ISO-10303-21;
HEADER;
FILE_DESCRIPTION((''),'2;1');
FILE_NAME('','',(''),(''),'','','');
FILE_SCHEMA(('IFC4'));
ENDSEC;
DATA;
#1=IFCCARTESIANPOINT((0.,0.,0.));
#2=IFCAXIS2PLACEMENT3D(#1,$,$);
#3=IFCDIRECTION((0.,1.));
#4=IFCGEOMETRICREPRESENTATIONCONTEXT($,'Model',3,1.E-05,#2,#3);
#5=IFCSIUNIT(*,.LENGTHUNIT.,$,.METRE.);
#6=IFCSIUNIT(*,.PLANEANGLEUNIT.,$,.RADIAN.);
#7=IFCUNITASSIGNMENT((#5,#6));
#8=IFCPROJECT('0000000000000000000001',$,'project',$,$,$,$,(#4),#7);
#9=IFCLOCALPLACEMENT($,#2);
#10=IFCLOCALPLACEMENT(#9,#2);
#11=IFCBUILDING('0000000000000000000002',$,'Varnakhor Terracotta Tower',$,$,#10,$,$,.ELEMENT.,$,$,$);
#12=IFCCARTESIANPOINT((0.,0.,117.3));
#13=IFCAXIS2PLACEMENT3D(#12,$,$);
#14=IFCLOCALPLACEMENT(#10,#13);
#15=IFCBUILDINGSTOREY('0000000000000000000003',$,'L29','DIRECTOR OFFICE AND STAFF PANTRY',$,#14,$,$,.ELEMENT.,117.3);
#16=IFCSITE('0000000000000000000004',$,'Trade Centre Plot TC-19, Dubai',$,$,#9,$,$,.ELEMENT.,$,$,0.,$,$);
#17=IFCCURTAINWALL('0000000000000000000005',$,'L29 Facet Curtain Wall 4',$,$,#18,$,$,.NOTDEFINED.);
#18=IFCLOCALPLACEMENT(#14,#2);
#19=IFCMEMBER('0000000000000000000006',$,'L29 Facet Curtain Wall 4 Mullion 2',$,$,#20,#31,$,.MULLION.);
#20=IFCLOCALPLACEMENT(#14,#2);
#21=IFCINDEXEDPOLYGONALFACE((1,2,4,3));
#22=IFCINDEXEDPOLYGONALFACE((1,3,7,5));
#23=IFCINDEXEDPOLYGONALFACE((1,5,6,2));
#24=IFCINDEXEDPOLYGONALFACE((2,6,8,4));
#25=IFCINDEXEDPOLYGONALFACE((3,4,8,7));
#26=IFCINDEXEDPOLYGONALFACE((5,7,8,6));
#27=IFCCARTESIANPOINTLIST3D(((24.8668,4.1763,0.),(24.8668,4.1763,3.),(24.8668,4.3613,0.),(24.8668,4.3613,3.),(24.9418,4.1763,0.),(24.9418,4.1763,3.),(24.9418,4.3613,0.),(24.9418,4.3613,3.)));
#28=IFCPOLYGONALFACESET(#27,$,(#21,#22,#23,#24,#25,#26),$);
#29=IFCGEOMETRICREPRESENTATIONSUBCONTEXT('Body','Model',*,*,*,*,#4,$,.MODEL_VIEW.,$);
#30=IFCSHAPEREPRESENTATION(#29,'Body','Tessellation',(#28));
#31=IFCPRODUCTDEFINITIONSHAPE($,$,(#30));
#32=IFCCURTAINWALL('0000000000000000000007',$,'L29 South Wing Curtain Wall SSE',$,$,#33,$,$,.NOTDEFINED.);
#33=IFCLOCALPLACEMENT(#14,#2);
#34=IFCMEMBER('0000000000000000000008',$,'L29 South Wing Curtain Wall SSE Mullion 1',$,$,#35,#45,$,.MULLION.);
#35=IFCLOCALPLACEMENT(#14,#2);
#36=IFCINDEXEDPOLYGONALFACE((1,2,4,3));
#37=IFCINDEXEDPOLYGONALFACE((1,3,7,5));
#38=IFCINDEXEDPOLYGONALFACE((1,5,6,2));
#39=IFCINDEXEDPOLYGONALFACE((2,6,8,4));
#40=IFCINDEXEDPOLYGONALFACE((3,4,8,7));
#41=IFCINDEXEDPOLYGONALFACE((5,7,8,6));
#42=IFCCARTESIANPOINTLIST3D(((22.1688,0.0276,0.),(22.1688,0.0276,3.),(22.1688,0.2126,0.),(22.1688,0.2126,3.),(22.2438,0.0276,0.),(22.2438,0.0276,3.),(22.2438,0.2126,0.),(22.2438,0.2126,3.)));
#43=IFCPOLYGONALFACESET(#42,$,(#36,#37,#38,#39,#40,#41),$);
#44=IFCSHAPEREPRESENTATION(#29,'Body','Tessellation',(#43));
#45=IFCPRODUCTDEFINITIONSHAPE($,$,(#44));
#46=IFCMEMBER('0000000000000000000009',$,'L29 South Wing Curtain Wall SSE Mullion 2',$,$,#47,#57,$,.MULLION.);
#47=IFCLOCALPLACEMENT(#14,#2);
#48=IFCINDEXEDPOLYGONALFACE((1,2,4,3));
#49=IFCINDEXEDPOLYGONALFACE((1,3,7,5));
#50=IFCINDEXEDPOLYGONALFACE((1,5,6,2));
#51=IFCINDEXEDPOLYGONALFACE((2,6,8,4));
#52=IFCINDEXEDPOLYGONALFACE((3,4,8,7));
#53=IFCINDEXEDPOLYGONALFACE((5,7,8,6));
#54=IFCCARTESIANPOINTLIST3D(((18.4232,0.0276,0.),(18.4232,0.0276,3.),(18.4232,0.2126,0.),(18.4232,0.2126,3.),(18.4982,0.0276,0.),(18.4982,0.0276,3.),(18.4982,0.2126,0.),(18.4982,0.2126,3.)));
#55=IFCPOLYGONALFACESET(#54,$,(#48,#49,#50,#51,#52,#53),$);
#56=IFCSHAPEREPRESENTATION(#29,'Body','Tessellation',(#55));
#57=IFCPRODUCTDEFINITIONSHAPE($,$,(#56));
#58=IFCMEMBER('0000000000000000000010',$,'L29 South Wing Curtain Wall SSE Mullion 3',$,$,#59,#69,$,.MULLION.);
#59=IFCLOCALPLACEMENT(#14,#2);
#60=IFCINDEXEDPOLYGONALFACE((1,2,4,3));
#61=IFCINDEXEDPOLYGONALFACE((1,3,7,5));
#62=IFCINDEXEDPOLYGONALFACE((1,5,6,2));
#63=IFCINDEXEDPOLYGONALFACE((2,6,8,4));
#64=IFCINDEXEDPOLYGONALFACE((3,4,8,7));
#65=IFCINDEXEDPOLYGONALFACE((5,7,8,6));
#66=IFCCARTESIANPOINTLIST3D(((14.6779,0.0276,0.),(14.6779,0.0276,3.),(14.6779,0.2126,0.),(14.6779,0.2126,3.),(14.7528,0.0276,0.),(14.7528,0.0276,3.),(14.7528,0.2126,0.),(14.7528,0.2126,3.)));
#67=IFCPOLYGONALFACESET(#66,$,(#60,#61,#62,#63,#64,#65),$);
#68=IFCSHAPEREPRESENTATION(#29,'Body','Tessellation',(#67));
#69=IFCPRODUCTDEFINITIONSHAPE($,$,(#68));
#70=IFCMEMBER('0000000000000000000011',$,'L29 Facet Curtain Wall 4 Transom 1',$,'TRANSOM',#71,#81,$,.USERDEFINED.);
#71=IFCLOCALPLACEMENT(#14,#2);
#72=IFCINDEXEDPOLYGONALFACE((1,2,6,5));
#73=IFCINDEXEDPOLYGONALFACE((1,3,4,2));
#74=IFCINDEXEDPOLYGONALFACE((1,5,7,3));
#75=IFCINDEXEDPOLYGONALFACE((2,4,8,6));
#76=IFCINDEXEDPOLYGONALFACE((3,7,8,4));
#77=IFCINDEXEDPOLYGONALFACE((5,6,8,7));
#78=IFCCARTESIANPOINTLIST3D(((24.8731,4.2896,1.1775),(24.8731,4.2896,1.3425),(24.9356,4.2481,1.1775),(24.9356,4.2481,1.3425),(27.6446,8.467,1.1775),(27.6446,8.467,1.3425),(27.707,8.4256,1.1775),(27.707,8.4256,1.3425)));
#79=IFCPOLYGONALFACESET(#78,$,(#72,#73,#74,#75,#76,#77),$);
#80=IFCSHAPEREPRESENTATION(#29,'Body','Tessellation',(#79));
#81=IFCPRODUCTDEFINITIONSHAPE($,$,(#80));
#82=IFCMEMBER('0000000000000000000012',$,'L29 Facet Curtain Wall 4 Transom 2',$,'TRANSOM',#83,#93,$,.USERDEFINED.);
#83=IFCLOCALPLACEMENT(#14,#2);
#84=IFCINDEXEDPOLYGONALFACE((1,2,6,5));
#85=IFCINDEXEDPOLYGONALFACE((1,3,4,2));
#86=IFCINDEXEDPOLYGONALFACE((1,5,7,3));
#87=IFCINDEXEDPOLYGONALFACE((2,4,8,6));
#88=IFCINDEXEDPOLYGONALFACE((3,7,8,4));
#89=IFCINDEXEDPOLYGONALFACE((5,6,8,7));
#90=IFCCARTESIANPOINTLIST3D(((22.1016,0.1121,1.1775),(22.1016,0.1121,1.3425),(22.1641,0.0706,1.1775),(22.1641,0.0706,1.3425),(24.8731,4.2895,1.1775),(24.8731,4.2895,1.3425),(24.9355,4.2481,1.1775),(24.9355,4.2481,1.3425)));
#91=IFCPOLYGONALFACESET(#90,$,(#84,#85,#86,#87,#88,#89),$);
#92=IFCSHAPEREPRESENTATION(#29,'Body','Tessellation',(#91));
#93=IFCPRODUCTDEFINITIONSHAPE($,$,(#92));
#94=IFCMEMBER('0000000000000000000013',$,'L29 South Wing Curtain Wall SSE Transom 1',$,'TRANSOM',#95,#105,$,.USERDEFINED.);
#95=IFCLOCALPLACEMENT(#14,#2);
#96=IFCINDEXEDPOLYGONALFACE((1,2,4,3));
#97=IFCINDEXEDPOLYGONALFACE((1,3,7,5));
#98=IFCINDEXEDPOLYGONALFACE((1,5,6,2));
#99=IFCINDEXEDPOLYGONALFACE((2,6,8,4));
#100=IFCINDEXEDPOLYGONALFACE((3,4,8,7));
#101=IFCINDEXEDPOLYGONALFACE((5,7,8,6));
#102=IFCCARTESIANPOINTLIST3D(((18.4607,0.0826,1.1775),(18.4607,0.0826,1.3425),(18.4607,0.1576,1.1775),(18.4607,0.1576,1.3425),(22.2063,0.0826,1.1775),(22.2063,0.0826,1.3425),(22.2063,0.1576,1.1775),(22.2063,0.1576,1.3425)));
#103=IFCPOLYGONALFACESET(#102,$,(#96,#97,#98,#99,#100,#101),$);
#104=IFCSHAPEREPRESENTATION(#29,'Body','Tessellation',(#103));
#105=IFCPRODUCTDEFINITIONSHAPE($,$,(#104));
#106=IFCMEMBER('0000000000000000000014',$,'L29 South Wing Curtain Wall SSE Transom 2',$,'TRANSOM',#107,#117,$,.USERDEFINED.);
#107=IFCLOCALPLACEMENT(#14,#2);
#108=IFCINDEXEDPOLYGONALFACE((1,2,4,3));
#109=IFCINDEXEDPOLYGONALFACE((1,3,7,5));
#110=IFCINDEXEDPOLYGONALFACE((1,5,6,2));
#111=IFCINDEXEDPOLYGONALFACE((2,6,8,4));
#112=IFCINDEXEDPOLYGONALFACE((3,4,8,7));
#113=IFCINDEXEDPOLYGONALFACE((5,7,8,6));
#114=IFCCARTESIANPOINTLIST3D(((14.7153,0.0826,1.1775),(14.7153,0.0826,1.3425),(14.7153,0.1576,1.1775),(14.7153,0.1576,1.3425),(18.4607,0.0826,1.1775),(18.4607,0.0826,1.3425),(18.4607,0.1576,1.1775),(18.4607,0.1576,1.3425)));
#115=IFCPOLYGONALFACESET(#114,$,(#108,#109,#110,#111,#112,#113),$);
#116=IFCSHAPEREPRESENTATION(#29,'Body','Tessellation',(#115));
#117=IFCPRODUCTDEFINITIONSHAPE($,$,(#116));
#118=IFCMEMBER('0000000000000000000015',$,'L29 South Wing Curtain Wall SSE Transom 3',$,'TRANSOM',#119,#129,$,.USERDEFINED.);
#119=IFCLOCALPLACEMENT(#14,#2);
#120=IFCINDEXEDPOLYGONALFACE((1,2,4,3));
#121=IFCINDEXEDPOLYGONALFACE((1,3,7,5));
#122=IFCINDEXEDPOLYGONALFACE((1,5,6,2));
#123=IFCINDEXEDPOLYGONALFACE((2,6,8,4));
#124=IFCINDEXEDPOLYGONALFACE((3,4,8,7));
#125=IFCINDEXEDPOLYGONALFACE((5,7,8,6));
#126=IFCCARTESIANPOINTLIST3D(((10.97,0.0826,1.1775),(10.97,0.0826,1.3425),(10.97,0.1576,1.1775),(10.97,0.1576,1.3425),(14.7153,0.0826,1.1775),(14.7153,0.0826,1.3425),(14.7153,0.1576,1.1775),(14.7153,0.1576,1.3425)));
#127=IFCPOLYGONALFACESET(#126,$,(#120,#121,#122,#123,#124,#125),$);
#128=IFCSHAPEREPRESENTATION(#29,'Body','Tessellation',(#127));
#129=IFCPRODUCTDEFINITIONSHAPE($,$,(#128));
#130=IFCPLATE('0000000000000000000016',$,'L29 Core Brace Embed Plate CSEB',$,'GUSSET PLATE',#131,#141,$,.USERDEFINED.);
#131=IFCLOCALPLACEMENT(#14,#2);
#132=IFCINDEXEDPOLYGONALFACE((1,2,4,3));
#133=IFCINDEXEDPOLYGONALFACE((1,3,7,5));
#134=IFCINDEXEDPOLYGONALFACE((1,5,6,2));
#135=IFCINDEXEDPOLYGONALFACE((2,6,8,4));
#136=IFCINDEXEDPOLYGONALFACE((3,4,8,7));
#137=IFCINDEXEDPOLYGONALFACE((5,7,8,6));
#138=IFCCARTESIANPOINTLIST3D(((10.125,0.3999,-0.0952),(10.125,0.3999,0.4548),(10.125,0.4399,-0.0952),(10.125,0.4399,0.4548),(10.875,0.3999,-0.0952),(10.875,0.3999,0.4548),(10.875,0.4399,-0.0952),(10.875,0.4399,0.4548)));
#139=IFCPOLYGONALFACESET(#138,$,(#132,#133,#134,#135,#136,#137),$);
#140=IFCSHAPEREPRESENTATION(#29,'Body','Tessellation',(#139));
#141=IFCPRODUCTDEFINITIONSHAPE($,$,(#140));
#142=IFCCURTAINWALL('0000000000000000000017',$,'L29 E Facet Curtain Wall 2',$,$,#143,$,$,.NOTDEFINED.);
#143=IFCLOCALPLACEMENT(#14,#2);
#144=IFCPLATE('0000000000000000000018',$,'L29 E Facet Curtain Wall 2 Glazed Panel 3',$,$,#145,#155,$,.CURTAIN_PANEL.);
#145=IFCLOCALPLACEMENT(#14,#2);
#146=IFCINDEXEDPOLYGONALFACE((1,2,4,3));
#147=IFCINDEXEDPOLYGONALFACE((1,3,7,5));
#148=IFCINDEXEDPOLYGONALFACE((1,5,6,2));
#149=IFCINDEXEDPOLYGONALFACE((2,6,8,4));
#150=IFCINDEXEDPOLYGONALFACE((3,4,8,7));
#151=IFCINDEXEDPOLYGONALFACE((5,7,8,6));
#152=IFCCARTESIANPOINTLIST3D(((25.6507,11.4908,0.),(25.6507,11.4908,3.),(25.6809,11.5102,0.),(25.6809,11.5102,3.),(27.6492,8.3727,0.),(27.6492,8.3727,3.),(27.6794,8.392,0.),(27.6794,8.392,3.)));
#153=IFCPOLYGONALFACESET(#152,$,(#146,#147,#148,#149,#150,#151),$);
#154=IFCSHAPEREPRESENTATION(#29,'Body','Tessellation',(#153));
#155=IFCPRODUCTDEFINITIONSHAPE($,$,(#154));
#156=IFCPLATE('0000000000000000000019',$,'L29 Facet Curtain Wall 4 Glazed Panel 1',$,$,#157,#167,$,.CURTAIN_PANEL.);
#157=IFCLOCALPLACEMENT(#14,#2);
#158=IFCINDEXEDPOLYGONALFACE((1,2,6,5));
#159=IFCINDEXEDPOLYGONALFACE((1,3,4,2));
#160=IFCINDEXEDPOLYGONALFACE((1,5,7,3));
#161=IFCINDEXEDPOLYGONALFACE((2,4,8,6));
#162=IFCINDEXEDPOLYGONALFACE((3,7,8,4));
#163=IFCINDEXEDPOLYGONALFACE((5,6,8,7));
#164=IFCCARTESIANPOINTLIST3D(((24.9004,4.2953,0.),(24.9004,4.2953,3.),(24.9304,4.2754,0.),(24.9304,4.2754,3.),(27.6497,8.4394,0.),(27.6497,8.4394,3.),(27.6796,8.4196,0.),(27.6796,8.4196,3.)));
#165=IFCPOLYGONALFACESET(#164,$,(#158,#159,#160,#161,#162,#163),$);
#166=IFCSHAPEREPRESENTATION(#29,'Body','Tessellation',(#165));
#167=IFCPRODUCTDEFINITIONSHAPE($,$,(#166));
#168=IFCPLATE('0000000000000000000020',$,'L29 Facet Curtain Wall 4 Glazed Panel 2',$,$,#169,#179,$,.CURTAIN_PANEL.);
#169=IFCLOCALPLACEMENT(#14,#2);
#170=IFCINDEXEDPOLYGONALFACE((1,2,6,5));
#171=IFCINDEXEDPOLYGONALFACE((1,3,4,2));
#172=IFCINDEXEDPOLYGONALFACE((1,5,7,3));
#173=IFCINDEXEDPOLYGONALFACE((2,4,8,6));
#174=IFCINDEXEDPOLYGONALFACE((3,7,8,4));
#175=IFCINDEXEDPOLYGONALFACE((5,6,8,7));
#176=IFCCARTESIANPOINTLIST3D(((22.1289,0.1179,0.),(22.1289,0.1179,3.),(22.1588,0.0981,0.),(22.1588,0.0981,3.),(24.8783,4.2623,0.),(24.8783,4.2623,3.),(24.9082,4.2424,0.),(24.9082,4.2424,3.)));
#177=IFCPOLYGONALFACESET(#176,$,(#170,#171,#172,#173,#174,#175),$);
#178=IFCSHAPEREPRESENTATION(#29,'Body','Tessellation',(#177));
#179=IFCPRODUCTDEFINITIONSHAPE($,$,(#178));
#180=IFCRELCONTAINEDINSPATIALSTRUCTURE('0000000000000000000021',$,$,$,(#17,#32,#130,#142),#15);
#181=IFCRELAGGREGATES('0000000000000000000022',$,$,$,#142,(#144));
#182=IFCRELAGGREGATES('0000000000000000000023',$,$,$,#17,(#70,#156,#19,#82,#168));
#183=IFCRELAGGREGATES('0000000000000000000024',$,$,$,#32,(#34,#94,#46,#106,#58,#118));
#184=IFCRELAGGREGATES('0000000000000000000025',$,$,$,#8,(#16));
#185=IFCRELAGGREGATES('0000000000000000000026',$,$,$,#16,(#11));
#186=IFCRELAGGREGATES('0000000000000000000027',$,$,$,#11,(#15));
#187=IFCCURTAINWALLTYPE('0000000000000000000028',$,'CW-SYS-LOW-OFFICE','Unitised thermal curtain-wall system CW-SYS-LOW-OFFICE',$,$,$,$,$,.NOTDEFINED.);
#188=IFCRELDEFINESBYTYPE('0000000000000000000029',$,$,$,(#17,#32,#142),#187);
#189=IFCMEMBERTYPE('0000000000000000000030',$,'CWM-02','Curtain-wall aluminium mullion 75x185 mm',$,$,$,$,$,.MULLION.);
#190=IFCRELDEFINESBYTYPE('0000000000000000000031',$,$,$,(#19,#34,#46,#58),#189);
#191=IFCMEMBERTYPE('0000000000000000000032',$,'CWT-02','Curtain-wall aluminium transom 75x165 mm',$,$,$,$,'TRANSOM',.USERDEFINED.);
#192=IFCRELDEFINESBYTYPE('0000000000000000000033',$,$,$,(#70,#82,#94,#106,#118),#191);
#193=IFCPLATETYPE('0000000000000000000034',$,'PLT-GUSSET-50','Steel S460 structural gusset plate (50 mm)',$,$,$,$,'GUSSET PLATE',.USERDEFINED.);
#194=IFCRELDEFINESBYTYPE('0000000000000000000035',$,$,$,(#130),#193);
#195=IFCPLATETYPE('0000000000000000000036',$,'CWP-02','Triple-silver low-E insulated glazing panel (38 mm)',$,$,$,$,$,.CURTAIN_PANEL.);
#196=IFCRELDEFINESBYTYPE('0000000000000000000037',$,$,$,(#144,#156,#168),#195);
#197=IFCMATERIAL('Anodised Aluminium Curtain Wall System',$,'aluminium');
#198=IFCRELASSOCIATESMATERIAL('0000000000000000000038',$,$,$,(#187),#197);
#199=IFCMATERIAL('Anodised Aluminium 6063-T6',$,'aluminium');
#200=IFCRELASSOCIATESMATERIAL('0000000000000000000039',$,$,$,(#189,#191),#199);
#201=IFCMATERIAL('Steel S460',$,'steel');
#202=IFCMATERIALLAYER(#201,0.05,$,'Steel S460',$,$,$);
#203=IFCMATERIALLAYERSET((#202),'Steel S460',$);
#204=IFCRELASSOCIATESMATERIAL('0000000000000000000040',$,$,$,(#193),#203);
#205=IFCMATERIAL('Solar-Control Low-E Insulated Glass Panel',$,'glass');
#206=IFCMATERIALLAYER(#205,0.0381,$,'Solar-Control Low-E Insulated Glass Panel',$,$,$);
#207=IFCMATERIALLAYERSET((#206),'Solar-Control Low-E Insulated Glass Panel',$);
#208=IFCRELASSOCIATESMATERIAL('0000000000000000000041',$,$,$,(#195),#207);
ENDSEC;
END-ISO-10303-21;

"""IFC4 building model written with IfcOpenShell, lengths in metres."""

from ifc_helpers import new_model, si_unit, direction, frame, origin, origin_2d, place, context, subcontext, project, spatial, rectangle, extrude, source, transform, mapped, material, layer, layer_set, material_profile, profile_set, type_object, type_shapes, element, aggregate, save


model = new_model("IFC4")

# Units and contexts
model_context = context("Model", 3, precision=1e-05, world=origin(), true_north=direction((0.0, 1.0)))
body_context = subcontext(model_context, "Body", "Model", "MODEL_VIEW")
ifc_project = project(units=[si_unit("LENGTHUNIT", "METRE"), si_unit("PLANEANGLEUNIT", "RADIAN")], contexts=[model_context])

# Site, building, storey
site_placement = place(None, origin())
site = spatial("IfcSite", under=ifc_project, at=site_placement, Name="Trade Centre Plot TC-19, Dubai", CompositionType="ELEMENT", RefElevation=0.0)
building_placement = place(site_placement, origin())
building = spatial("IfcBuilding", under=site, at=building_placement, Name="Varnakhor Terracotta Tower", CompositionType="ELEMENT")
storey_placement = place(building_placement, frame((0.0, 0.0, 117.3)))
storey = spatial("IfcBuildingStorey", under=building, at=storey_placement, Name="L29", Description="DIRECTOR OFFICE AND STAFF PANTRY", CompositionType="ELEMENT", Elevation=117.3)

# Shared definitions
ifc_material_1 = material(Name="Steel S460", Category="steel")

# Curtain walls, members
ifc_material_2 = material(Name="Anodised Aluminium Curtain Wall System", Category="aluminium")
curtain_wall_type = type_object("IfcCurtainWallType", Name="CW-SYS-LOW-OFFICE", Description="Unitised thermal curtain-wall system CW-SYS-LOW-OFFICE", PredefinedType="NOTDEFINED", material=ifc_material_2)
curtain_wall_1_placement = place(storey_placement, origin())
curtain_wall_1 = element("IfcCurtainWall", 1, at=curtain_wall_1_placement, inside=storey, type_object=curtain_wall_type, Name="L29 Facet Curtain Wall 4", PredefinedType="NOTDEFINED")
ifc_material_3 = material(Name="Anodised Aluminium 6063-T6", Category="aluminium")
ifc_material_profile_1 = material_profile(ifc_material_3, rectangle(XDim=0.075, YDim=0.1851, at=origin_2d()), Name="ALU MULLION 75x185")
ifc_profile_set_1 = profile_set([ifc_material_profile_1], Name="Anodised Aluminium 6063-T6")
member_type_1 = type_object("IfcMemberType", Name="CWM-02", Description="Curtain-wall aluminium mullion 75x185 mm", PredefinedType="MULLION", material=ifc_profile_set_1)
shared_shape_1 = source(origin(), body_context, "Body", "SweptSolid", [
    extrude(rectangle(XDim=0.075, YDim=0.1851, at=origin_2d()), origin(), (0.0, 0.0, 1.0), 3.0),
])
member_1_placement = place(storey_placement, frame((24.9043, 4.2688, 0.0), z_axis=(0.0, 0.0, 1.0), x_axis=(1.0, 0.0, 0.0)))
member_1 = element("IfcMember", 2, at=member_1_placement, type_object=member_type_1, Name="L29 Facet Curtain Wall 4 Mullion 2", PredefinedType="MULLION", context=body_context, shape_type="MappedRepresentation", body=[
    mapped(shared_shape_1, transform((0.0, 0.0, 0.0), scale=1.0)),
])
curtain_wall_2_placement = place(storey_placement, origin())
curtain_wall_2 = element("IfcCurtainWall", 3, at=curtain_wall_2_placement, inside=storey, type_object=curtain_wall_type, Name="L29 South Wing Curtain Wall SSE", PredefinedType="NOTDEFINED")
member_2_placement = place(storey_placement, frame((22.2063, 0.1201, 0.0), z_axis=(0.0, 0.0, 1.0), x_axis=(1.0, 0.0, 0.0)))
member_2 = element("IfcMember", 4, at=member_2_placement, type_object=member_type_1, Name="L29 South Wing Curtain Wall SSE Mullion 1", PredefinedType="MULLION", context=body_context, shape_type="MappedRepresentation", body=[
    mapped(shared_shape_1, transform((0.0, 0.0, 0.0), scale=1.0)),
])
member_3_placement = place(storey_placement, frame((18.4607, 0.1201, 0.0), z_axis=(0.0, 0.0, 1.0), x_axis=(1.0, 0.0, 0.0)))
member_3 = element("IfcMember", 5, at=member_3_placement, type_object=member_type_1, Name="L29 South Wing Curtain Wall SSE Mullion 2", PredefinedType="MULLION", context=body_context, shape_type="MappedRepresentation", body=[
    mapped(shared_shape_1, transform((0.0, 0.0, 0.0), scale=1.0)),
])
member_4_placement = place(storey_placement, frame((14.7153, 0.1201, 0.0), z_axis=(0.0, 0.0, 1.0), x_axis=(1.0, 0.0, 0.0)))
member_4 = element("IfcMember", 6, at=member_4_placement, type_object=member_type_1, Name="L29 South Wing Curtain Wall SSE Mullion 3", PredefinedType="MULLION", context=body_context, shape_type="MappedRepresentation", body=[
    mapped(shared_shape_1, transform((0.0, 0.0, 0.0), scale=1.0)),
])

# Members
ifc_material_profile_2 = material_profile(ifc_material_3, rectangle(XDim=0.075, YDim=0.165, at=origin_2d()), Name="ALU TRANSOM 75x165")
ifc_profile_set_2 = profile_set([ifc_material_profile_2], Name="Anodised Aluminium 6063-T6")
member_type_2 = type_object("IfcMemberType", Name="CWT-02", Description="Curtain-wall aluminium transom 75x165 mm", ElementType="TRANSOM", PredefinedType="USERDEFINED", material=ifc_profile_set_2)
shared_shape_2 = source(origin(), body_context, "Body", "SweptSolid", [
    extrude(rectangle(XDim=0.075, YDim=0.165, at=origin_2d()), origin(), (0.0, 0.0, 1.0), 5.0132),
])
member_5_placement = place(storey_placement, frame((27.6758, 8.4463, 1.26), z_axis=(-0.552833, -0.833292, 0.0), x_axis=(0.833292, -0.552833, 0.0)))
member_5 = element("IfcMember", 7, at=member_5_placement, type_object=member_type_2, Name="L29 Facet Curtain Wall 4 Transom 1", ObjectType="TRANSOM", PredefinedType="USERDEFINED", context=body_context, shape_type="MappedRepresentation", body=[
    mapped(shared_shape_2, transform((0.0, 0.0, 0.0), scale=1.0)),
])
member_6_placement = place(storey_placement, frame((24.9043, 4.2688, 1.26), z_axis=(-0.552833, -0.833292, 0.0), x_axis=(0.833292, -0.552833, 0.0)))
member_6 = element("IfcMember", 8, at=member_6_placement, type_object=member_type_2, Name="L29 Facet Curtain Wall 4 Transom 2", ObjectType="TRANSOM", PredefinedType="USERDEFINED", context=body_context, shape_type="MappedRepresentation", body=[
    mapped(shared_shape_2, transform((0.0, 0.0, 0.0), scale=1.0)),
])
shared_shape_3 = source(origin(), body_context, "Body", "SweptSolid", [
    extrude(rectangle(XDim=0.075, YDim=0.165, at=origin_2d()), origin(), (0.0, 0.0, 1.0), 3.7456),
])
member_7_placement = place(storey_placement, frame((22.2063, 0.1201, 1.26), z_axis=(-1.0, 0.0, 0.0), x_axis=(0.0, -1.0, 0.0)))
member_7 = element("IfcMember", 9, at=member_7_placement, type_object=member_type_2, Name="L29 South Wing Curtain Wall SSE Transom 1", ObjectType="TRANSOM", PredefinedType="USERDEFINED", context=body_context, shape_type="MappedRepresentation", body=[
    mapped(shared_shape_3, transform((0.0, 0.0, 0.0), scale=1.0)),
])
shared_shape_4 = source(origin(), body_context, "Body", "SweptSolid", [
    extrude(rectangle(XDim=0.075, YDim=0.165, at=origin_2d()), origin(), (0.0, 0.0, 1.0), 3.7454),
])
member_8_placement = place(storey_placement, frame((18.4607, 0.1201, 1.26), z_axis=(-1.0, 0.0, 0.0), x_axis=(0.0, -1.0, 0.0)))
member_8 = element("IfcMember", 10, at=member_8_placement, type_object=member_type_2, Name="L29 South Wing Curtain Wall SSE Transom 2", ObjectType="TRANSOM", PredefinedType="USERDEFINED", context=body_context, shape_type="MappedRepresentation", body=[
    mapped(shared_shape_4, transform((0.0, 0.0, 0.0), scale=1.0)),
])
member_9_placement = place(storey_placement, frame((14.7153, 0.1201, 1.26), z_axis=(-1.0, 0.0, 0.0), x_axis=(0.0, -1.0, 0.0)))
member_9 = element("IfcMember", 11, at=member_9_placement, type_object=member_type_2, Name="L29 South Wing Curtain Wall SSE Transom 3", ObjectType="TRANSOM", PredefinedType="USERDEFINED", context=body_context, shape_type="MappedRepresentation", body=[
    mapped(shared_shape_4, transform((0.0, 0.0, 0.0), scale=1.0)),
])

# Plate
ifc_layer_1 = layer(ifc_material_1, 0.05, Name="Steel S460")
ifc_layer_set_1 = layer_set([ifc_layer_1], Name="Steel S460")
plate_type_1 = type_object("IfcPlateType", Name="PLT-GUSSET-50", Description="Steel S460 structural gusset plate (50 mm)", ElementType="GUSSET PLATE", PredefinedType="USERDEFINED", material=ifc_layer_set_1)
shared_shape_5 = source(origin(), body_context, "Body", "SweptSolid", [
    extrude(rectangle(XDim=0.75, YDim=0.04, at=origin_2d()), origin(), (0.0, 0.0, 1.0), 0.55),
])
type_shapes(plate_type_1, [shared_shape_5])
plate_1_placement = place(storey_placement, frame((10.5, 0.4199, -0.0952), z_axis=(0.0, 0.0, 1.0), x_axis=(1.0, 0.0, 0.0)))
element("IfcPlate", 12, at=plate_1_placement, inside=storey, type_object=plate_type_1, Name="L29 Core Brace Embed Plate CSEB", ObjectType="GUSSET PLATE", PredefinedType="USERDEFINED", context=body_context, shape_type="MappedRepresentation", body=[
    mapped(shared_shape_5, transform((0.0, 0.0, 0.0), scale=1.0)),
])

# Curtain wall, plate
curtain_wall_3_placement = place(storey_placement, origin())
curtain_wall_3 = element("IfcCurtainWall", 13, at=curtain_wall_3_placement, inside=storey, type_object=curtain_wall_type, Name="L29 E Facet Curtain Wall 2", PredefinedType="NOTDEFINED")
ifc_material_4 = material(Name="Solar-Control Low-E Insulated Glass Panel", Category="glass")
ifc_layer_2 = layer(ifc_material_4, 0.0381, Name="Solar-Control Low-E Insulated Glass Panel")
ifc_layer_set_2 = layer_set([ifc_layer_2], Name="Solar-Control Low-E Insulated Glass Panel")
plate_type_2 = type_object("IfcPlateType", Name="CWP-02", Description="Triple-silver low-E insulated glazing panel (38 mm)", PredefinedType="CURTAIN_PANEL", material=ifc_layer_set_2)
shared_shape_6 = source(origin(), body_context, "Body", "SweptSolid", [
    extrude(rectangle(XDim=3.7036, YDim=0.0359, at=origin_2d()), origin(), (0.0, 0.0, 1.0), 3.0),
])
plate_2_placement = place(storey_placement, frame((26.665, 9.9414, 0.0), z_axis=(0.0, 0.0, 1.0), x_axis=(0.539609, -0.841916, 0.0)))
plate_2 = element("IfcPlate", 14, at=plate_2_placement, type_object=plate_type_2, Name="L29 E Facet Curtain Wall 2 Glazed Panel 3", PredefinedType="CURTAIN_PANEL", context=body_context, shape_type="MappedRepresentation", body=[
    mapped(shared_shape_6, transform((0.0, 0.0, 0.0), scale=1.0)),
])
aggregate(curtain_wall_3, [plate_2])

# Plates
shared_shape_7 = source(origin(), body_context, "Body", "SweptSolid", [
    extrude(rectangle(XDim=4.9731, YDim=0.0359, at=origin_2d()), origin(), (0.0, 0.0, 1.0), 3.0),
])
plate_3_placement = place(storey_placement, frame((26.29, 6.3574, 0.0), z_axis=(0.0, 0.0, 1.0), x_axis=(-0.552824, -0.833298, 0.0)))
plate_3 = element("IfcPlate", 15, at=plate_3_placement, type_object=plate_type_2, Name="L29 Facet Curtain Wall 4 Glazed Panel 1", PredefinedType="CURTAIN_PANEL", context=body_context, shape_type="MappedRepresentation", body=[
    mapped(shared_shape_7, transform((0.0, 0.0, 0.0), scale=1.0)),
])
shared_shape_8 = source(origin(), body_context, "Body", "SweptSolid", [
    extrude(rectangle(XDim=4.9734, YDim=0.0359, at=origin_2d()), origin(), (0.0, 0.0, 1.0), 3.0),
])
plate_4_placement = place(storey_placement, frame((23.5186, 2.1802, 0.0), z_axis=(0.0, 0.0, 1.0), x_axis=(-0.552824, -0.833298, 0.0)))
plate_4 = element("IfcPlate", 16, at=plate_4_placement, type_object=plate_type_2, Name="L29 Facet Curtain Wall 4 Glazed Panel 2", PredefinedType="CURTAIN_PANEL", context=body_context, shape_type="MappedRepresentation", body=[
    mapped(shared_shape_8, transform((0.0, 0.0, 0.0), scale=1.0)),
])
aggregate(curtain_wall_1, [member_5, plate_3, member_1, member_6, plate_4])
aggregate(curtain_wall_2, [member_2, member_7, member_3, member_8, member_4, member_9])

save(model, "model.ifc")
